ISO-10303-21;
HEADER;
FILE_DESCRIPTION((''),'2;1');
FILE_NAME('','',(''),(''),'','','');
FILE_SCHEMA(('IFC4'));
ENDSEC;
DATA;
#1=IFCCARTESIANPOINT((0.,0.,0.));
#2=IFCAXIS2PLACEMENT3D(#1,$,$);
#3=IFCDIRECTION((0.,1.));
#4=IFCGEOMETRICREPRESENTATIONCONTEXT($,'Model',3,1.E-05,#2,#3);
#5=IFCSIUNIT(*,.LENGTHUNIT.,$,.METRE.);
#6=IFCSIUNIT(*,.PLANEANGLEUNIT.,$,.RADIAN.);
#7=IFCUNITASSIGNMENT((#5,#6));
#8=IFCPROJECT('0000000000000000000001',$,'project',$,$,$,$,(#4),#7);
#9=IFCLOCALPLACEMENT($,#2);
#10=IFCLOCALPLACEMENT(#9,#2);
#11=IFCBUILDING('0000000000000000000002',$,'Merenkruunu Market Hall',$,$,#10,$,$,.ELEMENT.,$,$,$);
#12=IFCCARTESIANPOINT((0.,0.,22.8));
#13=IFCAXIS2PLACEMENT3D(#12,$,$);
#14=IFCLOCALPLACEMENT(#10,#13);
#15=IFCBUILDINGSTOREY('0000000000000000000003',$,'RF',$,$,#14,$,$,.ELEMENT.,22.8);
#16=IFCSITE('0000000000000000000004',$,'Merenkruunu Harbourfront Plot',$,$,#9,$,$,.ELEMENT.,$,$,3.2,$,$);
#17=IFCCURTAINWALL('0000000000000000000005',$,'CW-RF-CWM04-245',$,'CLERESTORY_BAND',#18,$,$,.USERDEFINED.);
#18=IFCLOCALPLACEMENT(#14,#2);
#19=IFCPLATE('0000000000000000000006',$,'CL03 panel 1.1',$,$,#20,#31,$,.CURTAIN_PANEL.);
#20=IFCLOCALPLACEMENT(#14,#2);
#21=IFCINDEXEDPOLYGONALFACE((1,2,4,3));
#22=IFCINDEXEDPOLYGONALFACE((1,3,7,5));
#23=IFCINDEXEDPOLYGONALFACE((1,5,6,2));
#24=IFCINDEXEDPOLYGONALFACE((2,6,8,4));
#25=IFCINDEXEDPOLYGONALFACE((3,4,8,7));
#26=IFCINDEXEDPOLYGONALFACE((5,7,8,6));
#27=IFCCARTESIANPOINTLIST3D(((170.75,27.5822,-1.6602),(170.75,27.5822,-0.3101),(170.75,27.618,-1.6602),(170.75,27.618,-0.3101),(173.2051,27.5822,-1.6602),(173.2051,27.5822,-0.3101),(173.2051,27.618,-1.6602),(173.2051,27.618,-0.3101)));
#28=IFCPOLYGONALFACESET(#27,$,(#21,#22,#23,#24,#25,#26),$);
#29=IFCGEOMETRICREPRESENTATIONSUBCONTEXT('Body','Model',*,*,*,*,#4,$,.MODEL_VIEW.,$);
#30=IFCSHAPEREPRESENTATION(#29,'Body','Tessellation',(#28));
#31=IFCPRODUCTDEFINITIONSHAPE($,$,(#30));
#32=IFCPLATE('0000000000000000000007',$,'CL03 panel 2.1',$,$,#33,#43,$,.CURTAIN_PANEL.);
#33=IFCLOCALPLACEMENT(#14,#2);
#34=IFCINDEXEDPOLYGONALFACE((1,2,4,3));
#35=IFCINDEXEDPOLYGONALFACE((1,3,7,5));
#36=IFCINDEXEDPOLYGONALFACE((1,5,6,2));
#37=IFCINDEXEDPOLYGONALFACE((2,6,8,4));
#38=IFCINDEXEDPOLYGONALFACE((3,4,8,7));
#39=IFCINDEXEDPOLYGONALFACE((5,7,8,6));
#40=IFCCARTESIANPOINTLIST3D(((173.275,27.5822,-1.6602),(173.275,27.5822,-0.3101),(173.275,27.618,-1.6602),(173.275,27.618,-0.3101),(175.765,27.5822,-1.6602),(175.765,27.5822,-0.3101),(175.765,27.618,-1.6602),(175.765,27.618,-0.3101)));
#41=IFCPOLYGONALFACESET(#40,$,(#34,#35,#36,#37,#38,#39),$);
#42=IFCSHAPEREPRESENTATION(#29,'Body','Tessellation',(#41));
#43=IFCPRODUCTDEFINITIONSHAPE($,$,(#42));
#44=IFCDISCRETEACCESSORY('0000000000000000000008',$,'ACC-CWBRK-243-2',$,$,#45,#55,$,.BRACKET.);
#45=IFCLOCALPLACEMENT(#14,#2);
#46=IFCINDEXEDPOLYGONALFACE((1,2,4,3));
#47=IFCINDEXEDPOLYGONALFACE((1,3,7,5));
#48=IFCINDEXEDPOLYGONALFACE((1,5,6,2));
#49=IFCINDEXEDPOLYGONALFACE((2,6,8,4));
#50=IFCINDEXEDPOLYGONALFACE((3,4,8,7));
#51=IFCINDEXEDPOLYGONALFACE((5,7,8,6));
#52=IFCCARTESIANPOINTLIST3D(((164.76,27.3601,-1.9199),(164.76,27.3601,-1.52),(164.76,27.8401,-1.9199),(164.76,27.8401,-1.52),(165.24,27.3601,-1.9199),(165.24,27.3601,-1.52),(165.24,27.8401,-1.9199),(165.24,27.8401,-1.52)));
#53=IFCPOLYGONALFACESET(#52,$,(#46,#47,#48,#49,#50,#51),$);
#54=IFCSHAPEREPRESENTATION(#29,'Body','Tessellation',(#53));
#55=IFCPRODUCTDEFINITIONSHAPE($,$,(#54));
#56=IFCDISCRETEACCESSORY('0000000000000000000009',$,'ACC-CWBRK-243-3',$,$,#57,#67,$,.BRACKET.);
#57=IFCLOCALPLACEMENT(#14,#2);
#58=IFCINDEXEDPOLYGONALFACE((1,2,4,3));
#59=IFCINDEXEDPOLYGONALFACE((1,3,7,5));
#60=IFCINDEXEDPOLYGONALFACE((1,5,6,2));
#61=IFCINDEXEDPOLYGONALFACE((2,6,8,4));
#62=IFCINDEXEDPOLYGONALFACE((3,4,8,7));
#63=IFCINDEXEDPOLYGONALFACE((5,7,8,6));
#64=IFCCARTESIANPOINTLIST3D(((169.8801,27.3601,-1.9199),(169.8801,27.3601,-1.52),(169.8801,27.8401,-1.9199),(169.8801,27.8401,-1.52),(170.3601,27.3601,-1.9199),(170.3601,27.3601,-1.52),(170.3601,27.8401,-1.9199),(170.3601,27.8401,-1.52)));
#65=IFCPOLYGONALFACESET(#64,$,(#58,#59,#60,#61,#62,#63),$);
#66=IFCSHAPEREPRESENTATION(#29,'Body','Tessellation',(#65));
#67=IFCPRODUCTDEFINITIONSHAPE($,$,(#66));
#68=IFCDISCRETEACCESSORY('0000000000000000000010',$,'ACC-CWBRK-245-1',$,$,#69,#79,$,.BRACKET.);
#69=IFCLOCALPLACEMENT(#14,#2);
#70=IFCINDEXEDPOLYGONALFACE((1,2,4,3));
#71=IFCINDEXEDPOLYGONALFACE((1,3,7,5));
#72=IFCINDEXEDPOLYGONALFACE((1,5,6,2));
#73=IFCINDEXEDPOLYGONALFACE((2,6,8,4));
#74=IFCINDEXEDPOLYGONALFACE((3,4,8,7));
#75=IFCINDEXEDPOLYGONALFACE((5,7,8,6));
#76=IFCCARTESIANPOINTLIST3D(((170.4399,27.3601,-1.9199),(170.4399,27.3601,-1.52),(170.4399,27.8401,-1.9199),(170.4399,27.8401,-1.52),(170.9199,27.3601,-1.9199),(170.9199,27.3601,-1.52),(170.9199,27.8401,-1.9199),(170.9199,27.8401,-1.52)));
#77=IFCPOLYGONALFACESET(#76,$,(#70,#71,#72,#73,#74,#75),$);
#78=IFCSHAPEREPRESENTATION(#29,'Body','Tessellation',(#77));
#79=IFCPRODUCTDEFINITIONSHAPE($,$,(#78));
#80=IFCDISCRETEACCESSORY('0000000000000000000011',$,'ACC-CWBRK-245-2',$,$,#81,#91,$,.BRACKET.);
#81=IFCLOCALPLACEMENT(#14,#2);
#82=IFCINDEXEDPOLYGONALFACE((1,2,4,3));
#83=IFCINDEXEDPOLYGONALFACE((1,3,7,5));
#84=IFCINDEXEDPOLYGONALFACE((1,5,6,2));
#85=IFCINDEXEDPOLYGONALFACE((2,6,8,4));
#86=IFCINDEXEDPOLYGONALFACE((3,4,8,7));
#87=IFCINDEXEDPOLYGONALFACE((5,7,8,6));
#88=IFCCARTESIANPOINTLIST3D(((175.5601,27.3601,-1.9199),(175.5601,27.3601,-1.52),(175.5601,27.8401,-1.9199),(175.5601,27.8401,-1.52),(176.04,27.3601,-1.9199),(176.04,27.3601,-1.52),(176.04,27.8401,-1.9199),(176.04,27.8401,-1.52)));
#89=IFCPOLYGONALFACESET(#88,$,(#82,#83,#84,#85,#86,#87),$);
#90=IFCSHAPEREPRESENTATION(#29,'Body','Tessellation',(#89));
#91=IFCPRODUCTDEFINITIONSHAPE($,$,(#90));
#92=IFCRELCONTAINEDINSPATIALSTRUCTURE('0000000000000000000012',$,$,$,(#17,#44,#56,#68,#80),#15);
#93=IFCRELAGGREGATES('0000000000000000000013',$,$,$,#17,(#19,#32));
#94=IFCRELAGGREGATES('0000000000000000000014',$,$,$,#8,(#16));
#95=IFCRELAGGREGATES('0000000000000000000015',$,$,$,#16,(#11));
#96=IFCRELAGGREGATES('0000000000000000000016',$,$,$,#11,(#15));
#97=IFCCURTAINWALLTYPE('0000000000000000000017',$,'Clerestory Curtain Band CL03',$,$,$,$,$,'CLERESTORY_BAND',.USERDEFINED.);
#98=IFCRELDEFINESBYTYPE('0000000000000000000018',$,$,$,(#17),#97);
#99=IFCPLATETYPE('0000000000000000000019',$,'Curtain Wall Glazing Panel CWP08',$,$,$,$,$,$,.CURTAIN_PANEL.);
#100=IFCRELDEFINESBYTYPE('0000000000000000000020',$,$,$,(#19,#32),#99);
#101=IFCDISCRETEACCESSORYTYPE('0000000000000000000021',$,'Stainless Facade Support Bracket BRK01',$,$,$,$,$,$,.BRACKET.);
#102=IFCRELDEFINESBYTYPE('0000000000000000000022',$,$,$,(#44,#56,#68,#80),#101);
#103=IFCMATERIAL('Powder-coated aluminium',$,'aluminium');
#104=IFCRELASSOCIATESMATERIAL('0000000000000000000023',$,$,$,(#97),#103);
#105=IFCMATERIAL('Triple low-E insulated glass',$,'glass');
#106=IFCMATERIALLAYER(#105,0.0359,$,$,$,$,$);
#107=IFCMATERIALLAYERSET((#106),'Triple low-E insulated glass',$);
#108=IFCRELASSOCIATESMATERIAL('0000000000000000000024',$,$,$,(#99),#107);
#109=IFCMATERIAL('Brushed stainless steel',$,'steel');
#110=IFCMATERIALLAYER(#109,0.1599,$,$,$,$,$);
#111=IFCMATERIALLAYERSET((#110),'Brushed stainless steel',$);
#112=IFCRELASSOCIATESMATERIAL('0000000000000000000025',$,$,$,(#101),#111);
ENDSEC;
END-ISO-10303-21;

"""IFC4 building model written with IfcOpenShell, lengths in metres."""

from ifc_helpers import new_model, si_unit, direction, frame, origin, origin_2d, place, context, subcontext, project, spatial, rectangle, extrude, material, layer, layer_set, type_object, element, aggregate, save


model = new_model("IFC4")

# Units and contexts
model_context = context("Model", 3, precision=1e-05, world=origin(), true_north=direction((0.0, 1.0)))
body_context = subcontext(model_context, "Body", "Model", "MODEL_VIEW")
ifc_project = project(units=[si_unit("LENGTHUNIT", "METRE"), si_unit("PLANEANGLEUNIT", "RADIAN")], contexts=[model_context])

# Site, building, storey
site_placement = place(None, origin())
site = spatial("IfcSite", under=ifc_project, at=site_placement, Name="Merenkruunu Harbourfront Plot", CompositionType="ELEMENT", RefElevation=3.2)
building_placement = place(site_placement, origin())
building = spatial("IfcBuilding", under=site, at=building_placement, Name="Merenkruunu Market Hall", CompositionType="ELEMENT")
storey_placement = place(building_placement, frame((0.0, 0.0, 22.8)))
storey = spatial("IfcBuildingStorey", under=building, at=storey_placement, Name="RF", CompositionType="ELEMENT", Elevation=22.8)

# Curtain wall
ifc_material_1 = material(Name="Powder-coated aluminium", Category="aluminium")
curtain_wall_type = type_object("IfcCurtainWallType", Name="Clerestory Curtain Band CL03", ElementType="CLERESTORY_BAND", PredefinedType="USERDEFINED", material=ifc_material_1)
curtain_wall_1_placement = place(storey_placement, origin())
curtain_wall_1 = element("IfcCurtainWall", 1, at=curtain_wall_1_placement, inside=storey, type_object=curtain_wall_type, Name="CW-RF-CWM04-245", ObjectType="CLERESTORY_BAND", PredefinedType="USERDEFINED")

# Plates
ifc_material_2 = material(Name="Triple low-E insulated glass", Category="glass")
ifc_layer_1 = layer(ifc_material_2, 0.0359)
ifc_layer_set_1 = layer_set([ifc_layer_1], Name="Triple low-E insulated glass")
plate_type = type_object("IfcPlateType", Name="Curtain Wall Glazing Panel CWP08", PredefinedType="CURTAIN_PANEL", material=ifc_layer_set_1)
plate_1_placement = place(storey_placement, frame((171.9775, 27.6001, -1.6602), z_axis=(0.0, 0.0, 1.0), x_axis=(1.0, 0.0, 0.0)))
plate_1 = element("IfcPlate", 2, at=plate_1_placement, type_object=plate_type, Name="CL03 panel 1.1", PredefinedType="CURTAIN_PANEL", context=body_context, shape_type="SweptSolid", body=[
    extrude(rectangle(XDim=2.4551, YDim=0.0359, at=origin_2d()), origin(), (0.0, 0.0, 1.0), 1.3501),
])
plate_2_placement = place(storey_placement, frame((174.52, 27.6001, -1.6602), z_axis=(0.0, 0.0, 1.0), x_axis=(1.0, 0.0, 0.0)))
plate_2 = element("IfcPlate", 3, at=plate_2_placement, type_object=plate_type, Name="CL03 panel 2.1", PredefinedType="CURTAIN_PANEL", context=body_context, shape_type="SweptSolid", body=[
    extrude(rectangle(XDim=2.49, YDim=0.0359, at=origin_2d()), origin(), (0.0, 0.0, 1.0), 1.3501),
])
aggregate(curtain_wall_1, [plate_1, plate_2])

# Discrete accessories
ifc_material_3 = material(Name="Brushed stainless steel", Category="steel")
ifc_layer_2 = layer(ifc_material_3, 0.1599)
ifc_layer_set_2 = layer_set([ifc_layer_2], Name="Brushed stainless steel")
discrete_accessory_type = type_object("IfcDiscreteAccessoryType", Name="Stainless Facade Support Bracket BRK01", PredefinedType="BRACKET", material=ifc_layer_set_2)
for number, where, z_axis, x_axis, name in (
    (4, (165.0, 27.6001, -1.9199), (0.0, 0.0, 1.0), (1.0, 0.0, 0.0), "ACC-CWBRK-243-2"),
    (5, (170.1201, 27.6001, -1.9199), (0.0, 0.0, 1.0), (1.0, 0.0, 0.0), "ACC-CWBRK-243-3"),
    (6, (170.6799, 27.6001, -1.9199), (0.0, 0.0, 1.0), (1.0, 0.0, 0.0), "ACC-CWBRK-245-1"),
    (7, (175.8, 27.6001, -1.9199), (0.0, 0.0, 1.0), (1.0, 0.0, 0.0), "ACC-CWBRK-245-2"),
):
    element("IfcDiscreteAccessory", number, at=place(storey_placement, frame(where, z_axis=z_axis, x_axis=x_axis)), inside=storey, type_object=discrete_accessory_type, Name=name, PredefinedType="BRACKET", context=body_context, shape_type="SweptSolid", body=[
        extrude(rectangle(XDim=0.48, YDim=0.48, at=origin_2d()), origin(), (0.0, 0.0, 1.0), 0.3999),
    ])

save(model, "model.ifc")
